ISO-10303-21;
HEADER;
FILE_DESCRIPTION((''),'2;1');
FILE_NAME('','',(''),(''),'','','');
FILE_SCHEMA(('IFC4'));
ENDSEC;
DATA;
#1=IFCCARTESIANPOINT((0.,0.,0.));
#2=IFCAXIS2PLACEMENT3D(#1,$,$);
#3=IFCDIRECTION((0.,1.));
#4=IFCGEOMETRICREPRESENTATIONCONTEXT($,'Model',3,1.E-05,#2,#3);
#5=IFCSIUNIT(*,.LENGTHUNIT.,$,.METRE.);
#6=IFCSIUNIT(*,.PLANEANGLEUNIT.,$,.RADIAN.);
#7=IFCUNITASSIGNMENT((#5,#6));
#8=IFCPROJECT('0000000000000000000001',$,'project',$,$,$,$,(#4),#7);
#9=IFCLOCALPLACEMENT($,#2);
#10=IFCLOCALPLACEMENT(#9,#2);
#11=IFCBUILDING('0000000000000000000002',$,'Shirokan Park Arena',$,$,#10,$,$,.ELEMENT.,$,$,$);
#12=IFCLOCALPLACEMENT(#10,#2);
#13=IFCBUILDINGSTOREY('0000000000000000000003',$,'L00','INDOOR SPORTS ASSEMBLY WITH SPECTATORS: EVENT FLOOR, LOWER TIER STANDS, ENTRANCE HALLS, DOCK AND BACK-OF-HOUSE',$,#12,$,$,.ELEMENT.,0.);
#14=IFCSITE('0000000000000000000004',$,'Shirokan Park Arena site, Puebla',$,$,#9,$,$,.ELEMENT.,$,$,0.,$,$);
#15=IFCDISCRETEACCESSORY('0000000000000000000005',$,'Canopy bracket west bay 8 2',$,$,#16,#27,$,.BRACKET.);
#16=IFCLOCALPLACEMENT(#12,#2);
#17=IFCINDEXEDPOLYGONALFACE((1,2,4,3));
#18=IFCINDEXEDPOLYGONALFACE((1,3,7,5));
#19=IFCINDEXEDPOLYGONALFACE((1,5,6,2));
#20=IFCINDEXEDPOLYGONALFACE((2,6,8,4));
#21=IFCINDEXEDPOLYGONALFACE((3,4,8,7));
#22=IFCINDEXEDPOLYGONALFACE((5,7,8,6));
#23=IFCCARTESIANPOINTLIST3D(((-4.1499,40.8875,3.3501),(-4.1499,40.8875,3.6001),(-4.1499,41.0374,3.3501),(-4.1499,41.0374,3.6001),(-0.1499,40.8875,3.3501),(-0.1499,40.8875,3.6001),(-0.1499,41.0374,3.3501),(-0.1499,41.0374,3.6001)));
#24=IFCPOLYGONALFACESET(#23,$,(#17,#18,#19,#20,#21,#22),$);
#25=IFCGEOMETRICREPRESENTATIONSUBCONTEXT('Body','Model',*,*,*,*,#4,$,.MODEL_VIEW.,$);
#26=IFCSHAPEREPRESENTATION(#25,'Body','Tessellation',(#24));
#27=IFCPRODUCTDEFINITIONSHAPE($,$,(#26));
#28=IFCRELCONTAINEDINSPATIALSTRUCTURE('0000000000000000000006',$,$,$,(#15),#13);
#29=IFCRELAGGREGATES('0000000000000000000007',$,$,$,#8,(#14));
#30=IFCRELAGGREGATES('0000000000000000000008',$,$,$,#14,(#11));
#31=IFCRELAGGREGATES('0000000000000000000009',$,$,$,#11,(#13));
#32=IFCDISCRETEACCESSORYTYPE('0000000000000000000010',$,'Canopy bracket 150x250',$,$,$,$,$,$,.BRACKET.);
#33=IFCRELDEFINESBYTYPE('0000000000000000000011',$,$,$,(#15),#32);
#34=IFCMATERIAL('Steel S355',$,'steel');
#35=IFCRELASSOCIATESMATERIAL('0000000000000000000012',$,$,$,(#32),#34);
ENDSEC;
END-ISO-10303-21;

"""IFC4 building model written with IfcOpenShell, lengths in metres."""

from ifc_helpers import new_model, si_unit, direction, frame, origin, origin_2d, place, context, subcontext, project, spatial, rectangle, extrude, material, type_object, element, save


model = new_model("IFC4")

# Units and contexts
model_context = context("Model", 3, precision=1e-05, world=origin(), true_north=direction((0.0, 1.0)))
body_context = subcontext(model_context, "Body", "Model", "MODEL_VIEW")
ifc_project = project(units=[si_unit("LENGTHUNIT", "METRE"), si_unit("PLANEANGLEUNIT", "RADIAN")], contexts=[model_context])

# Site, building, storey
site_placement = place(None, origin())
site = spatial("IfcSite", under=ifc_project, at=site_placement, Name="Shirokan Park Arena site, Puebla", CompositionType="ELEMENT", RefElevation=0.0)
building_placement = place(site_placement, origin())
building = spatial("IfcBuilding", under=site, at=building_placement, Name="Shirokan Park Arena", CompositionType="ELEMENT")
storey_placement = place(building_placement, origin())
storey = spatial("IfcBuildingStorey", under=building, at=storey_placement, Name="L00", Description="INDOOR SPORTS ASSEMBLY WITH SPECTATORS: EVENT FLOOR, LOWER TIER STANDS, ENTRANCE HALLS, DOCK AND BACK-OF-HOUSE", CompositionType="ELEMENT", Elevation=0.0)

# Shared definitions
ifc_material_1 = material(Name="Steel S355", Category="steel")

# Discrete accessory
discrete_accessory_type = type_object("IfcDiscreteAccessoryType", Name="Canopy bracket 150x250", PredefinedType="BRACKET", material=ifc_material_1)
for number, where, z_axis, x_axis, name in (
    (1, (-2.1499, 40.9624, 3.3501), (0.0, 0.0, 1.0), (0.0, -1.0, 0.0), "Canopy bracket west bay 8 2"),
):
    element("IfcDiscreteAccessory", number, at=place(storey_placement, frame(where, z_axis=z_axis, x_axis=x_axis)), inside=storey, type_object=discrete_accessory_type, Name=name, PredefinedType="BRACKET", context=body_context, shape_type="SweptSolid", body=[
        extrude(rectangle(XDim=0.1499, YDim=4.0, at=origin_2d()), origin(), (0.0, 0.0, 1.0), 0.25),
    ])

save(model, "model.ifc")
